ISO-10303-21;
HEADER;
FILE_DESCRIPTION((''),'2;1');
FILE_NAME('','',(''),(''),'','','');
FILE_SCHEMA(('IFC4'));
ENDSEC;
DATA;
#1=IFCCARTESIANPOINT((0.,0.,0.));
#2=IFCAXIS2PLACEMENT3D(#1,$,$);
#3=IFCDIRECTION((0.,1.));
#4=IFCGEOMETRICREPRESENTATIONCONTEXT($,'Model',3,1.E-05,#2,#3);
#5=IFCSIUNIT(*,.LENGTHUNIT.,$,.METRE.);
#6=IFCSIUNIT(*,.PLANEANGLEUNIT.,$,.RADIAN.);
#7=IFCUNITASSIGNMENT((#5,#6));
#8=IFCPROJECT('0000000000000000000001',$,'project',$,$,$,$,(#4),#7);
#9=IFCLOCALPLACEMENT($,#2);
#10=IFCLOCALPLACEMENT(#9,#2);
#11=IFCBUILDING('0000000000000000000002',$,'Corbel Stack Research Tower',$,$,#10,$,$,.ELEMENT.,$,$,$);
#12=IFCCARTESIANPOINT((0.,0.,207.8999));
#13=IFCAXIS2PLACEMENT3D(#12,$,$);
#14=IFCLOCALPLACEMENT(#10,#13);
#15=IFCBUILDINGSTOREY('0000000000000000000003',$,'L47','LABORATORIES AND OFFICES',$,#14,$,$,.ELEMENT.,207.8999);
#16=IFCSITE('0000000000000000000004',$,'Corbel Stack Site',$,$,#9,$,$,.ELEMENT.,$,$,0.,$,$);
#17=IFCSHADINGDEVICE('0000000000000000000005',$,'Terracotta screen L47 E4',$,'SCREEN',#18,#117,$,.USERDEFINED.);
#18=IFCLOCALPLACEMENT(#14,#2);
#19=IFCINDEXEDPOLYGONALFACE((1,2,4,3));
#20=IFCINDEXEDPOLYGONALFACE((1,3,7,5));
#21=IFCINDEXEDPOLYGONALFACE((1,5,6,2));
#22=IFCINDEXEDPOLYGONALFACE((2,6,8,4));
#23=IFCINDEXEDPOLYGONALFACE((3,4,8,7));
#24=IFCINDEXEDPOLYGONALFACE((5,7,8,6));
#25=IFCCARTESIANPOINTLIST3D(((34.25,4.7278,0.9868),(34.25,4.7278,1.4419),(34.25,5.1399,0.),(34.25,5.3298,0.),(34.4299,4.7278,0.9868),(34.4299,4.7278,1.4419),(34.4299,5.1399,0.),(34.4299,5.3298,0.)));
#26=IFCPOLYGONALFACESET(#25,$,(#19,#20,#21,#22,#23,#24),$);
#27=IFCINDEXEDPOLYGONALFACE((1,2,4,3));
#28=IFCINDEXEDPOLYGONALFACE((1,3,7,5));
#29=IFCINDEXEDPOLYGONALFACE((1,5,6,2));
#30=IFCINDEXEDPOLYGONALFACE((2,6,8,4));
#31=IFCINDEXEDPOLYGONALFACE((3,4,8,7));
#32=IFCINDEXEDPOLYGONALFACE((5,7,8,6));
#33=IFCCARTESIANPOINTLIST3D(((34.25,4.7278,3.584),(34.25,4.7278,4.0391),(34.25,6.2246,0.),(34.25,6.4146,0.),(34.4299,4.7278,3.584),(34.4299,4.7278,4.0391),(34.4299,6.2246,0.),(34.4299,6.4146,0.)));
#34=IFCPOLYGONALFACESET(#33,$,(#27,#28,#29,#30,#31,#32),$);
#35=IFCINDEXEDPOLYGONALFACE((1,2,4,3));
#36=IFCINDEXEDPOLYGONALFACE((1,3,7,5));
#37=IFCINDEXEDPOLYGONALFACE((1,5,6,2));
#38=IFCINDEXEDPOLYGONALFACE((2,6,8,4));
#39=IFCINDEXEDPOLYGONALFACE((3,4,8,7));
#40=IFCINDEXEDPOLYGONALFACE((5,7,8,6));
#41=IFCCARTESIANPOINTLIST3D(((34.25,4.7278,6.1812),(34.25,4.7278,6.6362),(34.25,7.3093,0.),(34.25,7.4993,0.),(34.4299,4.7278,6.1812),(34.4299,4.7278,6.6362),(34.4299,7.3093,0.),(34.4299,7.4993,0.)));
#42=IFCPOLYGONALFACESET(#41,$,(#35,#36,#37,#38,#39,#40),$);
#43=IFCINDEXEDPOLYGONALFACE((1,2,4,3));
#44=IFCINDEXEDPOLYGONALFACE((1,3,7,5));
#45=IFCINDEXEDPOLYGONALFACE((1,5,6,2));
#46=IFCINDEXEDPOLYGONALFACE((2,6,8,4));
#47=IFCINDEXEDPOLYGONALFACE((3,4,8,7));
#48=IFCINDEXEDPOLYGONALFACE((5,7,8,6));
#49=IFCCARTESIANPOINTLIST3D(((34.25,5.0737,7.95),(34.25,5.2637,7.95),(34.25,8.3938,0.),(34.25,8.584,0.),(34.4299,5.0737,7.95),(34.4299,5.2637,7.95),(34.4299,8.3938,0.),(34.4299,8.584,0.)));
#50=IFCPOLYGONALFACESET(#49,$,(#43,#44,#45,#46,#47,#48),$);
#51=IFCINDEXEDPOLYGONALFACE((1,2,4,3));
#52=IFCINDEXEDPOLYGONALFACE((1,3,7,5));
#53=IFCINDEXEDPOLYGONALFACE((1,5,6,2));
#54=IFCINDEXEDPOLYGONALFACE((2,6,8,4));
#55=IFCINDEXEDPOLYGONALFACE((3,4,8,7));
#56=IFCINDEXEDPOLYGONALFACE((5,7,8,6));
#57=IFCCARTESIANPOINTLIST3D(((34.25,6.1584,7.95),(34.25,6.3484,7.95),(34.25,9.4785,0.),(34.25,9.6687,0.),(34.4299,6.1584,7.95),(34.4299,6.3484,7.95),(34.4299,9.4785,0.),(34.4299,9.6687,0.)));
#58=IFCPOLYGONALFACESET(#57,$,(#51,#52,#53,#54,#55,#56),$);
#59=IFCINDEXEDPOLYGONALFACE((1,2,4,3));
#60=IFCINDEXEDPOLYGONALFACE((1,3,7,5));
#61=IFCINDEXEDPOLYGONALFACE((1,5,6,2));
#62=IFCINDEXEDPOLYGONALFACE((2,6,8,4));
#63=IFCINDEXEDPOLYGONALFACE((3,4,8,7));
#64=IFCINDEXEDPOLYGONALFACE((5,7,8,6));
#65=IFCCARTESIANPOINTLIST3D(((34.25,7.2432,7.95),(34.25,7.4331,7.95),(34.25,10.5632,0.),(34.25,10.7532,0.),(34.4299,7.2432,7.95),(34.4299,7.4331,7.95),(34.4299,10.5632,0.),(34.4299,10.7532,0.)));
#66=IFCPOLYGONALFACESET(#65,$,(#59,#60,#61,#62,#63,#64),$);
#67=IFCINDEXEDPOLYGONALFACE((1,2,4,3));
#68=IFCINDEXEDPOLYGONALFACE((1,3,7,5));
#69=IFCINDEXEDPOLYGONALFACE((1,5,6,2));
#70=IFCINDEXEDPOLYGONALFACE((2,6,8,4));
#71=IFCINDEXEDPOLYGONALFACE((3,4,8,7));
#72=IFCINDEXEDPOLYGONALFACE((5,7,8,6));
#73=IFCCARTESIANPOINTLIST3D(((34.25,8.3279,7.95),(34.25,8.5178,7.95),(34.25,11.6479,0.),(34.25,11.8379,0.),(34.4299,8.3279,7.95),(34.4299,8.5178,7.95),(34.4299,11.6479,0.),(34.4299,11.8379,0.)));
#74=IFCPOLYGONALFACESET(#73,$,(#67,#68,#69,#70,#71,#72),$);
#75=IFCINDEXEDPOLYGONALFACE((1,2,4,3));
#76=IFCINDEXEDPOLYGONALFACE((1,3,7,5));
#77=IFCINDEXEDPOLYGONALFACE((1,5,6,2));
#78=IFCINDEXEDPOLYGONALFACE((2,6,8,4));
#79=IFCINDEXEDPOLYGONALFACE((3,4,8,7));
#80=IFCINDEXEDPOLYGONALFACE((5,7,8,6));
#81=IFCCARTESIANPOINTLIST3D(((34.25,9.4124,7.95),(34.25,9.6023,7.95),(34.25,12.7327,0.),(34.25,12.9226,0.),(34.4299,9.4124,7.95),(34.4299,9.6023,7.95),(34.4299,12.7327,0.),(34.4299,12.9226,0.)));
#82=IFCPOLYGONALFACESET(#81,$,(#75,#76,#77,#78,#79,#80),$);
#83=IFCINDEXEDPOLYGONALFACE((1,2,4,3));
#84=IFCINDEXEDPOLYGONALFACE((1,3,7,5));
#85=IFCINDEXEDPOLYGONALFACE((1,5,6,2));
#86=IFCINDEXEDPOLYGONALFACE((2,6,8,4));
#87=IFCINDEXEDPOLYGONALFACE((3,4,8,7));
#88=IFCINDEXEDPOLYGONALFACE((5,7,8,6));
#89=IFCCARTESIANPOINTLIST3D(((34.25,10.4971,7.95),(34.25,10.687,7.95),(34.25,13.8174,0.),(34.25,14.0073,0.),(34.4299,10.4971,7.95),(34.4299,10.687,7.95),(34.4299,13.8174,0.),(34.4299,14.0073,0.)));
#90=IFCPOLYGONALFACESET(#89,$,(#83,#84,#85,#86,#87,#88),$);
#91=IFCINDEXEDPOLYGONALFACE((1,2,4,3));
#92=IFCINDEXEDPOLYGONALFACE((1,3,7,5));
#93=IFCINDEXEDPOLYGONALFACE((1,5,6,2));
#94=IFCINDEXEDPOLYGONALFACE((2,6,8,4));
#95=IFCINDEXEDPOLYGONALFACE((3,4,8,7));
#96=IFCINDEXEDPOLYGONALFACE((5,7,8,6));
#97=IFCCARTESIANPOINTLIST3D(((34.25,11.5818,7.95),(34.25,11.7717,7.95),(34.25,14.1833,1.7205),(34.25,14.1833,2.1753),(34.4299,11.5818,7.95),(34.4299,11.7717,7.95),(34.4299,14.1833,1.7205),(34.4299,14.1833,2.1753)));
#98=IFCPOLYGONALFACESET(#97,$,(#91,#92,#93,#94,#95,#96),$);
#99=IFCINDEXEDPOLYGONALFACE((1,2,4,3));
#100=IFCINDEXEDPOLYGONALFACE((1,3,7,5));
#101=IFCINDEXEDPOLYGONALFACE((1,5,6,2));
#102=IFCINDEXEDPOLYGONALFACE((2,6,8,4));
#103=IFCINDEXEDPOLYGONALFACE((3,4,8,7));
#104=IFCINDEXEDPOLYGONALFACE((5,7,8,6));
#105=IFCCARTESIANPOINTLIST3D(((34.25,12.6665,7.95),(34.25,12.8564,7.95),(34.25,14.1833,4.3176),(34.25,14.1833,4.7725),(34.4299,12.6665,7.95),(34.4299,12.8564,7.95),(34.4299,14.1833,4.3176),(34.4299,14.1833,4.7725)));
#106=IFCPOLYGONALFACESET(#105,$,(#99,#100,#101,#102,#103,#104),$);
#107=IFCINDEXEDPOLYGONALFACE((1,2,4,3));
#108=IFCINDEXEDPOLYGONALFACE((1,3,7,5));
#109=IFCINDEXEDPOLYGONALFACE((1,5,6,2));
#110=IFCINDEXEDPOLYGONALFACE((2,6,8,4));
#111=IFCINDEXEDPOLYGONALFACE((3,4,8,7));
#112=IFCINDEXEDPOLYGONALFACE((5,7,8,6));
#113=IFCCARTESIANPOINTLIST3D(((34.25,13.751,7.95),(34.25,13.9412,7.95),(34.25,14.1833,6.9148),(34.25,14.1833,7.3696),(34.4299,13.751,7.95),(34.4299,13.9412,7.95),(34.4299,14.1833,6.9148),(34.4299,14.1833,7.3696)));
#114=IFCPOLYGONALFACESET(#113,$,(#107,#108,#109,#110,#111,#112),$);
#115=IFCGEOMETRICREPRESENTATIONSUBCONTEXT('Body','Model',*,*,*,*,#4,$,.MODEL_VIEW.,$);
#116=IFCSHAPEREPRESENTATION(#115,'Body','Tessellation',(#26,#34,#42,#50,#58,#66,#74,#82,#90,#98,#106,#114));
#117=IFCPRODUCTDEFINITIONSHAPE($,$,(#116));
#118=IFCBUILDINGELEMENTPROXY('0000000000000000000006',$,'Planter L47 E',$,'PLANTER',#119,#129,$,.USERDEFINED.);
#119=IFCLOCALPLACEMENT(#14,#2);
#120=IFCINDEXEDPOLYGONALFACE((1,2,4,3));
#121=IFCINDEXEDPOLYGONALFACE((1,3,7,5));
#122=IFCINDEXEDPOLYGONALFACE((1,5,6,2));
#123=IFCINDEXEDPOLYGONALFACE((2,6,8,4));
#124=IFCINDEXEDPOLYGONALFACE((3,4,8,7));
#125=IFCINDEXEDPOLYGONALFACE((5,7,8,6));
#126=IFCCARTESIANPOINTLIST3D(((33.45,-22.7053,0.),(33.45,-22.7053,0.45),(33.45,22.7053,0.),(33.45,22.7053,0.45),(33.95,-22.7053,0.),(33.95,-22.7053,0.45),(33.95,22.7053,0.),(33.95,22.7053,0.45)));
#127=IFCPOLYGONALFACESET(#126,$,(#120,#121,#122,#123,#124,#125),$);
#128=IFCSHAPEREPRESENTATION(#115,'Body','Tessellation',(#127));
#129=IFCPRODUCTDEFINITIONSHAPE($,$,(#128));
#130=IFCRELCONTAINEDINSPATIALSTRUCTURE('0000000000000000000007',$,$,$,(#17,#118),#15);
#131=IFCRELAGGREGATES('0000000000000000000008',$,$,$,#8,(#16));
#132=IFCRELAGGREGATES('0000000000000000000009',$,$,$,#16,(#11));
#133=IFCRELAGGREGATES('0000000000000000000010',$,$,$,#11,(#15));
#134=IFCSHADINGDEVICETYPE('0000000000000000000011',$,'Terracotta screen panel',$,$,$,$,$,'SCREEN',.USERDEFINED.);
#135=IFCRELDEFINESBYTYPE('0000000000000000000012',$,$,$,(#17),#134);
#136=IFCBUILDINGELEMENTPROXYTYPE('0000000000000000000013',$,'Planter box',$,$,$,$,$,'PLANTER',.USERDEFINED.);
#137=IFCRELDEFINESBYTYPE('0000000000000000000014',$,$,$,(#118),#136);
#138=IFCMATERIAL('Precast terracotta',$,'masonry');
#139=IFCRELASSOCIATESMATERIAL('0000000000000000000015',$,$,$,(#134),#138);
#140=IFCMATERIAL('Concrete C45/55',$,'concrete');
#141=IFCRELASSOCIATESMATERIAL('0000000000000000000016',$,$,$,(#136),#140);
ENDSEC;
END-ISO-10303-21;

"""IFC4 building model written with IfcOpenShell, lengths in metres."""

from ifc_helpers import new_model, si_unit, direction, frame, origin, origin_2d, place, context, subcontext, project, spatial, polyline, rectangle, outline, extrude, source, transform, mapped, material, type_object, element, save


model = new_model("IFC4")

# Units and contexts
model_context = context("Model", 3, precision=1e-05, world=origin(), true_north=direction((0.0, 1.0)))
body_context = subcontext(model_context, "Body", "Model", "MODEL_VIEW")
ifc_project = project(units=[si_unit("LENGTHUNIT", "METRE"), si_unit("PLANEANGLEUNIT", "RADIAN")], contexts=[model_context])

# Site, building, storey
site_placement = place(None, origin())
site = spatial("IfcSite", under=ifc_project, at=site_placement, Name="Corbel Stack Site", CompositionType="ELEMENT", RefElevation=0.0)
building_placement = place(site_placement, origin())
building = spatial("IfcBuilding", under=site, at=building_placement, Name="Corbel Stack Research Tower", CompositionType="ELEMENT")
storey_placement = place(building_placement, frame((0.0, 0.0, 207.8999)))
storey = spatial("IfcBuildingStorey", under=building, at=storey_placement, Name="L47", Description="LABORATORIES AND OFFICES", CompositionType="ELEMENT", Elevation=207.8999)

# Shading device
ifc_material_1 = material(Name="Precast terracotta", Category="masonry")
shading_device_type = type_object("IfcShadingDeviceType", Name="Terracotta screen panel", ElementType="SCREEN", PredefinedType="USERDEFINED", material=ifc_material_1)
shared_shape_1 = source(origin(), body_context, "Body", "SweptSolid", [
    extrude(outline(polyline([(0.6021, 0.0), (0.0, 1.4419), (0.0, 0.9868), (0.4121, 0.0), (0.6021, 0.0)])), frame((0.0, 0.0, 0.0), z_axis=(0.0, -1.0, 0.0), x_axis=(1.0, 0.0, 0.0)), (0.0, 0.0, 1.0), 0.1799),
    extrude(outline(polyline([(1.6868, 0.0), (0.0, 4.0391), (0.0, 3.584), (1.4968, 0.0), (1.6868, 0.0)])), frame((0.0, 0.0, 0.0), z_axis=(0.0, -1.0, 0.0), x_axis=(1.0, 0.0, 0.0)), (0.0, 0.0, 1.0), 0.1799),
    extrude(outline(polyline([(2.7715, 0.0), (0.0, 6.6362), (0.0, 6.1812), (2.5815, 0.0), (2.7715, 0.0)])), frame((0.0, 0.0, 0.0), z_axis=(0.0, -1.0, 0.0), x_axis=(1.0, 0.0, 0.0)), (0.0, 0.0, 1.0), 0.1799),
    extrude(outline(polyline([(3.8562, 0.0), (0.5359, 7.95), (0.3459, 7.95), (3.666, 0.0), (3.8562, 0.0)])), frame((0.0, 0.0, 0.0), z_axis=(0.0, -1.0, 0.0), x_axis=(1.0, 0.0, 0.0)), (0.0, 0.0, 1.0), 0.1799),
    extrude(outline(polyline([(4.9409, 0.0), (1.6206, 7.95), (1.4307, 7.95), (4.7507, 0.0), (4.9409, 0.0)])), frame((0.0, 0.0, 0.0), z_axis=(0.0, -1.0, 0.0), x_axis=(1.0, 0.0, 0.0)), (0.0, 0.0, 1.0), 0.1799),
    extrude(outline(polyline([(6.0254, 0.0), (2.7053, 7.95), (2.5154, 7.95), (5.8354, 0.0), (6.0254, 0.0)])), frame((0.0, 0.0, 0.0), z_axis=(0.0, -1.0, 0.0), x_axis=(1.0, 0.0, 0.0)), (0.0, 0.0, 1.0), 0.1799),
    extrude(outline(polyline([(7.1101, 0.0), (3.79, 7.95), (3.6001, 7.95), (6.9202, 0.0), (7.1101, 0.0)])), frame((0.0, 0.0, 0.0), z_axis=(0.0, -1.0, 0.0), x_axis=(1.0, 0.0, 0.0)), (0.0, 0.0, 1.0), 0.1799),
    extrude(outline(polyline([(8.1948, 0.0), (4.8745, 7.95), (4.6846, 7.95), (8.0049, 0.0), (8.1948, 0.0)])), frame((0.0, 0.0, 0.0), z_axis=(0.0, -1.0, 0.0), x_axis=(1.0, 0.0, 0.0)), (0.0, 0.0, 1.0), 0.1799),
    extrude(outline(polyline([(9.2795, 0.0), (5.9592, 7.95), (5.7693, 7.95), (9.0896, 0.0), (9.2795, 0.0)])), frame((0.0, 0.0, 0.0), z_axis=(0.0, -1.0, 0.0), x_axis=(1.0, 0.0, 0.0)), (0.0, 0.0, 1.0), 0.1799),
    extrude(outline(polyline([(7.0439, 7.95), (6.854, 7.95), (9.4556, 1.7205), (9.4556, 2.1753), (7.0439, 7.95)])), frame((0.0, 0.0, 0.0), z_axis=(0.0, -1.0, 0.0), x_axis=(1.0, 0.0, 0.0)), (0.0, 0.0, 1.0), 0.1799),
    extrude(outline(polyline([(8.1287, 7.95), (7.9387, 7.95), (9.4556, 4.3176), (9.4556, 4.7725), (8.1287, 7.95)])), frame((0.0, 0.0, 0.0), z_axis=(0.0, -1.0, 0.0), x_axis=(1.0, 0.0, 0.0)), (0.0, 0.0, 1.0), 0.1799),
    extrude(outline(polyline([(9.2134, 7.95), (9.0232, 7.95), (9.4556, 6.9148), (9.4556, 7.3696), (9.2134, 7.95)])), frame((0.0, 0.0, 0.0), z_axis=(0.0, -1.0, 0.0), x_axis=(1.0, 0.0, 0.0)), (0.0, 0.0, 1.0), 0.1799),
])
shading_device_1_placement = place(storey_placement, frame((34.25, 4.7278, 0.0), z_axis=(0.0, 0.0, 1.0), x_axis=(0.0, 1.0, 0.0)))
element("IfcShadingDevice", 1, at=shading_device_1_placement, inside=storey, type_object=shading_device_type, Name="Terracotta screen L47 E4", ObjectType="SCREEN", PredefinedType="USERDEFINED", context=body_context, shape_type="MappedRepresentation", body=[
    mapped(shared_shape_1, transform((0.0, 0.0, 0.0))),
])

# Building element proxy
ifc_material_2 = material(Name="Concrete C45/55", Category="concrete")
building_element_proxy_type = type_object("IfcBuildingElementProxyType", Name="Planter box", ElementType="PLANTER", PredefinedType="USERDEFINED", material=ifc_material_2)
proxy_placement = place(storey_placement, frame((33.7, 0.0, 0.0), z_axis=(0.0, 0.0, 1.0), x_axis=(0.0, 1.0, 0.0)))
element("IfcBuildingElementProxy", 2, at=proxy_placement, inside=storey, type_object=building_element_proxy_type, Name="Planter L47 E", ObjectType="PLANTER", PredefinedType="USERDEFINED", context=body_context, shape_type="SweptSolid", body=[
    extrude(rectangle(XDim=45.4106, YDim=0.5, at=origin_2d()), origin(), (0.0, 0.0, 1.0), 0.45),
])

save(model, "model.ifc")
